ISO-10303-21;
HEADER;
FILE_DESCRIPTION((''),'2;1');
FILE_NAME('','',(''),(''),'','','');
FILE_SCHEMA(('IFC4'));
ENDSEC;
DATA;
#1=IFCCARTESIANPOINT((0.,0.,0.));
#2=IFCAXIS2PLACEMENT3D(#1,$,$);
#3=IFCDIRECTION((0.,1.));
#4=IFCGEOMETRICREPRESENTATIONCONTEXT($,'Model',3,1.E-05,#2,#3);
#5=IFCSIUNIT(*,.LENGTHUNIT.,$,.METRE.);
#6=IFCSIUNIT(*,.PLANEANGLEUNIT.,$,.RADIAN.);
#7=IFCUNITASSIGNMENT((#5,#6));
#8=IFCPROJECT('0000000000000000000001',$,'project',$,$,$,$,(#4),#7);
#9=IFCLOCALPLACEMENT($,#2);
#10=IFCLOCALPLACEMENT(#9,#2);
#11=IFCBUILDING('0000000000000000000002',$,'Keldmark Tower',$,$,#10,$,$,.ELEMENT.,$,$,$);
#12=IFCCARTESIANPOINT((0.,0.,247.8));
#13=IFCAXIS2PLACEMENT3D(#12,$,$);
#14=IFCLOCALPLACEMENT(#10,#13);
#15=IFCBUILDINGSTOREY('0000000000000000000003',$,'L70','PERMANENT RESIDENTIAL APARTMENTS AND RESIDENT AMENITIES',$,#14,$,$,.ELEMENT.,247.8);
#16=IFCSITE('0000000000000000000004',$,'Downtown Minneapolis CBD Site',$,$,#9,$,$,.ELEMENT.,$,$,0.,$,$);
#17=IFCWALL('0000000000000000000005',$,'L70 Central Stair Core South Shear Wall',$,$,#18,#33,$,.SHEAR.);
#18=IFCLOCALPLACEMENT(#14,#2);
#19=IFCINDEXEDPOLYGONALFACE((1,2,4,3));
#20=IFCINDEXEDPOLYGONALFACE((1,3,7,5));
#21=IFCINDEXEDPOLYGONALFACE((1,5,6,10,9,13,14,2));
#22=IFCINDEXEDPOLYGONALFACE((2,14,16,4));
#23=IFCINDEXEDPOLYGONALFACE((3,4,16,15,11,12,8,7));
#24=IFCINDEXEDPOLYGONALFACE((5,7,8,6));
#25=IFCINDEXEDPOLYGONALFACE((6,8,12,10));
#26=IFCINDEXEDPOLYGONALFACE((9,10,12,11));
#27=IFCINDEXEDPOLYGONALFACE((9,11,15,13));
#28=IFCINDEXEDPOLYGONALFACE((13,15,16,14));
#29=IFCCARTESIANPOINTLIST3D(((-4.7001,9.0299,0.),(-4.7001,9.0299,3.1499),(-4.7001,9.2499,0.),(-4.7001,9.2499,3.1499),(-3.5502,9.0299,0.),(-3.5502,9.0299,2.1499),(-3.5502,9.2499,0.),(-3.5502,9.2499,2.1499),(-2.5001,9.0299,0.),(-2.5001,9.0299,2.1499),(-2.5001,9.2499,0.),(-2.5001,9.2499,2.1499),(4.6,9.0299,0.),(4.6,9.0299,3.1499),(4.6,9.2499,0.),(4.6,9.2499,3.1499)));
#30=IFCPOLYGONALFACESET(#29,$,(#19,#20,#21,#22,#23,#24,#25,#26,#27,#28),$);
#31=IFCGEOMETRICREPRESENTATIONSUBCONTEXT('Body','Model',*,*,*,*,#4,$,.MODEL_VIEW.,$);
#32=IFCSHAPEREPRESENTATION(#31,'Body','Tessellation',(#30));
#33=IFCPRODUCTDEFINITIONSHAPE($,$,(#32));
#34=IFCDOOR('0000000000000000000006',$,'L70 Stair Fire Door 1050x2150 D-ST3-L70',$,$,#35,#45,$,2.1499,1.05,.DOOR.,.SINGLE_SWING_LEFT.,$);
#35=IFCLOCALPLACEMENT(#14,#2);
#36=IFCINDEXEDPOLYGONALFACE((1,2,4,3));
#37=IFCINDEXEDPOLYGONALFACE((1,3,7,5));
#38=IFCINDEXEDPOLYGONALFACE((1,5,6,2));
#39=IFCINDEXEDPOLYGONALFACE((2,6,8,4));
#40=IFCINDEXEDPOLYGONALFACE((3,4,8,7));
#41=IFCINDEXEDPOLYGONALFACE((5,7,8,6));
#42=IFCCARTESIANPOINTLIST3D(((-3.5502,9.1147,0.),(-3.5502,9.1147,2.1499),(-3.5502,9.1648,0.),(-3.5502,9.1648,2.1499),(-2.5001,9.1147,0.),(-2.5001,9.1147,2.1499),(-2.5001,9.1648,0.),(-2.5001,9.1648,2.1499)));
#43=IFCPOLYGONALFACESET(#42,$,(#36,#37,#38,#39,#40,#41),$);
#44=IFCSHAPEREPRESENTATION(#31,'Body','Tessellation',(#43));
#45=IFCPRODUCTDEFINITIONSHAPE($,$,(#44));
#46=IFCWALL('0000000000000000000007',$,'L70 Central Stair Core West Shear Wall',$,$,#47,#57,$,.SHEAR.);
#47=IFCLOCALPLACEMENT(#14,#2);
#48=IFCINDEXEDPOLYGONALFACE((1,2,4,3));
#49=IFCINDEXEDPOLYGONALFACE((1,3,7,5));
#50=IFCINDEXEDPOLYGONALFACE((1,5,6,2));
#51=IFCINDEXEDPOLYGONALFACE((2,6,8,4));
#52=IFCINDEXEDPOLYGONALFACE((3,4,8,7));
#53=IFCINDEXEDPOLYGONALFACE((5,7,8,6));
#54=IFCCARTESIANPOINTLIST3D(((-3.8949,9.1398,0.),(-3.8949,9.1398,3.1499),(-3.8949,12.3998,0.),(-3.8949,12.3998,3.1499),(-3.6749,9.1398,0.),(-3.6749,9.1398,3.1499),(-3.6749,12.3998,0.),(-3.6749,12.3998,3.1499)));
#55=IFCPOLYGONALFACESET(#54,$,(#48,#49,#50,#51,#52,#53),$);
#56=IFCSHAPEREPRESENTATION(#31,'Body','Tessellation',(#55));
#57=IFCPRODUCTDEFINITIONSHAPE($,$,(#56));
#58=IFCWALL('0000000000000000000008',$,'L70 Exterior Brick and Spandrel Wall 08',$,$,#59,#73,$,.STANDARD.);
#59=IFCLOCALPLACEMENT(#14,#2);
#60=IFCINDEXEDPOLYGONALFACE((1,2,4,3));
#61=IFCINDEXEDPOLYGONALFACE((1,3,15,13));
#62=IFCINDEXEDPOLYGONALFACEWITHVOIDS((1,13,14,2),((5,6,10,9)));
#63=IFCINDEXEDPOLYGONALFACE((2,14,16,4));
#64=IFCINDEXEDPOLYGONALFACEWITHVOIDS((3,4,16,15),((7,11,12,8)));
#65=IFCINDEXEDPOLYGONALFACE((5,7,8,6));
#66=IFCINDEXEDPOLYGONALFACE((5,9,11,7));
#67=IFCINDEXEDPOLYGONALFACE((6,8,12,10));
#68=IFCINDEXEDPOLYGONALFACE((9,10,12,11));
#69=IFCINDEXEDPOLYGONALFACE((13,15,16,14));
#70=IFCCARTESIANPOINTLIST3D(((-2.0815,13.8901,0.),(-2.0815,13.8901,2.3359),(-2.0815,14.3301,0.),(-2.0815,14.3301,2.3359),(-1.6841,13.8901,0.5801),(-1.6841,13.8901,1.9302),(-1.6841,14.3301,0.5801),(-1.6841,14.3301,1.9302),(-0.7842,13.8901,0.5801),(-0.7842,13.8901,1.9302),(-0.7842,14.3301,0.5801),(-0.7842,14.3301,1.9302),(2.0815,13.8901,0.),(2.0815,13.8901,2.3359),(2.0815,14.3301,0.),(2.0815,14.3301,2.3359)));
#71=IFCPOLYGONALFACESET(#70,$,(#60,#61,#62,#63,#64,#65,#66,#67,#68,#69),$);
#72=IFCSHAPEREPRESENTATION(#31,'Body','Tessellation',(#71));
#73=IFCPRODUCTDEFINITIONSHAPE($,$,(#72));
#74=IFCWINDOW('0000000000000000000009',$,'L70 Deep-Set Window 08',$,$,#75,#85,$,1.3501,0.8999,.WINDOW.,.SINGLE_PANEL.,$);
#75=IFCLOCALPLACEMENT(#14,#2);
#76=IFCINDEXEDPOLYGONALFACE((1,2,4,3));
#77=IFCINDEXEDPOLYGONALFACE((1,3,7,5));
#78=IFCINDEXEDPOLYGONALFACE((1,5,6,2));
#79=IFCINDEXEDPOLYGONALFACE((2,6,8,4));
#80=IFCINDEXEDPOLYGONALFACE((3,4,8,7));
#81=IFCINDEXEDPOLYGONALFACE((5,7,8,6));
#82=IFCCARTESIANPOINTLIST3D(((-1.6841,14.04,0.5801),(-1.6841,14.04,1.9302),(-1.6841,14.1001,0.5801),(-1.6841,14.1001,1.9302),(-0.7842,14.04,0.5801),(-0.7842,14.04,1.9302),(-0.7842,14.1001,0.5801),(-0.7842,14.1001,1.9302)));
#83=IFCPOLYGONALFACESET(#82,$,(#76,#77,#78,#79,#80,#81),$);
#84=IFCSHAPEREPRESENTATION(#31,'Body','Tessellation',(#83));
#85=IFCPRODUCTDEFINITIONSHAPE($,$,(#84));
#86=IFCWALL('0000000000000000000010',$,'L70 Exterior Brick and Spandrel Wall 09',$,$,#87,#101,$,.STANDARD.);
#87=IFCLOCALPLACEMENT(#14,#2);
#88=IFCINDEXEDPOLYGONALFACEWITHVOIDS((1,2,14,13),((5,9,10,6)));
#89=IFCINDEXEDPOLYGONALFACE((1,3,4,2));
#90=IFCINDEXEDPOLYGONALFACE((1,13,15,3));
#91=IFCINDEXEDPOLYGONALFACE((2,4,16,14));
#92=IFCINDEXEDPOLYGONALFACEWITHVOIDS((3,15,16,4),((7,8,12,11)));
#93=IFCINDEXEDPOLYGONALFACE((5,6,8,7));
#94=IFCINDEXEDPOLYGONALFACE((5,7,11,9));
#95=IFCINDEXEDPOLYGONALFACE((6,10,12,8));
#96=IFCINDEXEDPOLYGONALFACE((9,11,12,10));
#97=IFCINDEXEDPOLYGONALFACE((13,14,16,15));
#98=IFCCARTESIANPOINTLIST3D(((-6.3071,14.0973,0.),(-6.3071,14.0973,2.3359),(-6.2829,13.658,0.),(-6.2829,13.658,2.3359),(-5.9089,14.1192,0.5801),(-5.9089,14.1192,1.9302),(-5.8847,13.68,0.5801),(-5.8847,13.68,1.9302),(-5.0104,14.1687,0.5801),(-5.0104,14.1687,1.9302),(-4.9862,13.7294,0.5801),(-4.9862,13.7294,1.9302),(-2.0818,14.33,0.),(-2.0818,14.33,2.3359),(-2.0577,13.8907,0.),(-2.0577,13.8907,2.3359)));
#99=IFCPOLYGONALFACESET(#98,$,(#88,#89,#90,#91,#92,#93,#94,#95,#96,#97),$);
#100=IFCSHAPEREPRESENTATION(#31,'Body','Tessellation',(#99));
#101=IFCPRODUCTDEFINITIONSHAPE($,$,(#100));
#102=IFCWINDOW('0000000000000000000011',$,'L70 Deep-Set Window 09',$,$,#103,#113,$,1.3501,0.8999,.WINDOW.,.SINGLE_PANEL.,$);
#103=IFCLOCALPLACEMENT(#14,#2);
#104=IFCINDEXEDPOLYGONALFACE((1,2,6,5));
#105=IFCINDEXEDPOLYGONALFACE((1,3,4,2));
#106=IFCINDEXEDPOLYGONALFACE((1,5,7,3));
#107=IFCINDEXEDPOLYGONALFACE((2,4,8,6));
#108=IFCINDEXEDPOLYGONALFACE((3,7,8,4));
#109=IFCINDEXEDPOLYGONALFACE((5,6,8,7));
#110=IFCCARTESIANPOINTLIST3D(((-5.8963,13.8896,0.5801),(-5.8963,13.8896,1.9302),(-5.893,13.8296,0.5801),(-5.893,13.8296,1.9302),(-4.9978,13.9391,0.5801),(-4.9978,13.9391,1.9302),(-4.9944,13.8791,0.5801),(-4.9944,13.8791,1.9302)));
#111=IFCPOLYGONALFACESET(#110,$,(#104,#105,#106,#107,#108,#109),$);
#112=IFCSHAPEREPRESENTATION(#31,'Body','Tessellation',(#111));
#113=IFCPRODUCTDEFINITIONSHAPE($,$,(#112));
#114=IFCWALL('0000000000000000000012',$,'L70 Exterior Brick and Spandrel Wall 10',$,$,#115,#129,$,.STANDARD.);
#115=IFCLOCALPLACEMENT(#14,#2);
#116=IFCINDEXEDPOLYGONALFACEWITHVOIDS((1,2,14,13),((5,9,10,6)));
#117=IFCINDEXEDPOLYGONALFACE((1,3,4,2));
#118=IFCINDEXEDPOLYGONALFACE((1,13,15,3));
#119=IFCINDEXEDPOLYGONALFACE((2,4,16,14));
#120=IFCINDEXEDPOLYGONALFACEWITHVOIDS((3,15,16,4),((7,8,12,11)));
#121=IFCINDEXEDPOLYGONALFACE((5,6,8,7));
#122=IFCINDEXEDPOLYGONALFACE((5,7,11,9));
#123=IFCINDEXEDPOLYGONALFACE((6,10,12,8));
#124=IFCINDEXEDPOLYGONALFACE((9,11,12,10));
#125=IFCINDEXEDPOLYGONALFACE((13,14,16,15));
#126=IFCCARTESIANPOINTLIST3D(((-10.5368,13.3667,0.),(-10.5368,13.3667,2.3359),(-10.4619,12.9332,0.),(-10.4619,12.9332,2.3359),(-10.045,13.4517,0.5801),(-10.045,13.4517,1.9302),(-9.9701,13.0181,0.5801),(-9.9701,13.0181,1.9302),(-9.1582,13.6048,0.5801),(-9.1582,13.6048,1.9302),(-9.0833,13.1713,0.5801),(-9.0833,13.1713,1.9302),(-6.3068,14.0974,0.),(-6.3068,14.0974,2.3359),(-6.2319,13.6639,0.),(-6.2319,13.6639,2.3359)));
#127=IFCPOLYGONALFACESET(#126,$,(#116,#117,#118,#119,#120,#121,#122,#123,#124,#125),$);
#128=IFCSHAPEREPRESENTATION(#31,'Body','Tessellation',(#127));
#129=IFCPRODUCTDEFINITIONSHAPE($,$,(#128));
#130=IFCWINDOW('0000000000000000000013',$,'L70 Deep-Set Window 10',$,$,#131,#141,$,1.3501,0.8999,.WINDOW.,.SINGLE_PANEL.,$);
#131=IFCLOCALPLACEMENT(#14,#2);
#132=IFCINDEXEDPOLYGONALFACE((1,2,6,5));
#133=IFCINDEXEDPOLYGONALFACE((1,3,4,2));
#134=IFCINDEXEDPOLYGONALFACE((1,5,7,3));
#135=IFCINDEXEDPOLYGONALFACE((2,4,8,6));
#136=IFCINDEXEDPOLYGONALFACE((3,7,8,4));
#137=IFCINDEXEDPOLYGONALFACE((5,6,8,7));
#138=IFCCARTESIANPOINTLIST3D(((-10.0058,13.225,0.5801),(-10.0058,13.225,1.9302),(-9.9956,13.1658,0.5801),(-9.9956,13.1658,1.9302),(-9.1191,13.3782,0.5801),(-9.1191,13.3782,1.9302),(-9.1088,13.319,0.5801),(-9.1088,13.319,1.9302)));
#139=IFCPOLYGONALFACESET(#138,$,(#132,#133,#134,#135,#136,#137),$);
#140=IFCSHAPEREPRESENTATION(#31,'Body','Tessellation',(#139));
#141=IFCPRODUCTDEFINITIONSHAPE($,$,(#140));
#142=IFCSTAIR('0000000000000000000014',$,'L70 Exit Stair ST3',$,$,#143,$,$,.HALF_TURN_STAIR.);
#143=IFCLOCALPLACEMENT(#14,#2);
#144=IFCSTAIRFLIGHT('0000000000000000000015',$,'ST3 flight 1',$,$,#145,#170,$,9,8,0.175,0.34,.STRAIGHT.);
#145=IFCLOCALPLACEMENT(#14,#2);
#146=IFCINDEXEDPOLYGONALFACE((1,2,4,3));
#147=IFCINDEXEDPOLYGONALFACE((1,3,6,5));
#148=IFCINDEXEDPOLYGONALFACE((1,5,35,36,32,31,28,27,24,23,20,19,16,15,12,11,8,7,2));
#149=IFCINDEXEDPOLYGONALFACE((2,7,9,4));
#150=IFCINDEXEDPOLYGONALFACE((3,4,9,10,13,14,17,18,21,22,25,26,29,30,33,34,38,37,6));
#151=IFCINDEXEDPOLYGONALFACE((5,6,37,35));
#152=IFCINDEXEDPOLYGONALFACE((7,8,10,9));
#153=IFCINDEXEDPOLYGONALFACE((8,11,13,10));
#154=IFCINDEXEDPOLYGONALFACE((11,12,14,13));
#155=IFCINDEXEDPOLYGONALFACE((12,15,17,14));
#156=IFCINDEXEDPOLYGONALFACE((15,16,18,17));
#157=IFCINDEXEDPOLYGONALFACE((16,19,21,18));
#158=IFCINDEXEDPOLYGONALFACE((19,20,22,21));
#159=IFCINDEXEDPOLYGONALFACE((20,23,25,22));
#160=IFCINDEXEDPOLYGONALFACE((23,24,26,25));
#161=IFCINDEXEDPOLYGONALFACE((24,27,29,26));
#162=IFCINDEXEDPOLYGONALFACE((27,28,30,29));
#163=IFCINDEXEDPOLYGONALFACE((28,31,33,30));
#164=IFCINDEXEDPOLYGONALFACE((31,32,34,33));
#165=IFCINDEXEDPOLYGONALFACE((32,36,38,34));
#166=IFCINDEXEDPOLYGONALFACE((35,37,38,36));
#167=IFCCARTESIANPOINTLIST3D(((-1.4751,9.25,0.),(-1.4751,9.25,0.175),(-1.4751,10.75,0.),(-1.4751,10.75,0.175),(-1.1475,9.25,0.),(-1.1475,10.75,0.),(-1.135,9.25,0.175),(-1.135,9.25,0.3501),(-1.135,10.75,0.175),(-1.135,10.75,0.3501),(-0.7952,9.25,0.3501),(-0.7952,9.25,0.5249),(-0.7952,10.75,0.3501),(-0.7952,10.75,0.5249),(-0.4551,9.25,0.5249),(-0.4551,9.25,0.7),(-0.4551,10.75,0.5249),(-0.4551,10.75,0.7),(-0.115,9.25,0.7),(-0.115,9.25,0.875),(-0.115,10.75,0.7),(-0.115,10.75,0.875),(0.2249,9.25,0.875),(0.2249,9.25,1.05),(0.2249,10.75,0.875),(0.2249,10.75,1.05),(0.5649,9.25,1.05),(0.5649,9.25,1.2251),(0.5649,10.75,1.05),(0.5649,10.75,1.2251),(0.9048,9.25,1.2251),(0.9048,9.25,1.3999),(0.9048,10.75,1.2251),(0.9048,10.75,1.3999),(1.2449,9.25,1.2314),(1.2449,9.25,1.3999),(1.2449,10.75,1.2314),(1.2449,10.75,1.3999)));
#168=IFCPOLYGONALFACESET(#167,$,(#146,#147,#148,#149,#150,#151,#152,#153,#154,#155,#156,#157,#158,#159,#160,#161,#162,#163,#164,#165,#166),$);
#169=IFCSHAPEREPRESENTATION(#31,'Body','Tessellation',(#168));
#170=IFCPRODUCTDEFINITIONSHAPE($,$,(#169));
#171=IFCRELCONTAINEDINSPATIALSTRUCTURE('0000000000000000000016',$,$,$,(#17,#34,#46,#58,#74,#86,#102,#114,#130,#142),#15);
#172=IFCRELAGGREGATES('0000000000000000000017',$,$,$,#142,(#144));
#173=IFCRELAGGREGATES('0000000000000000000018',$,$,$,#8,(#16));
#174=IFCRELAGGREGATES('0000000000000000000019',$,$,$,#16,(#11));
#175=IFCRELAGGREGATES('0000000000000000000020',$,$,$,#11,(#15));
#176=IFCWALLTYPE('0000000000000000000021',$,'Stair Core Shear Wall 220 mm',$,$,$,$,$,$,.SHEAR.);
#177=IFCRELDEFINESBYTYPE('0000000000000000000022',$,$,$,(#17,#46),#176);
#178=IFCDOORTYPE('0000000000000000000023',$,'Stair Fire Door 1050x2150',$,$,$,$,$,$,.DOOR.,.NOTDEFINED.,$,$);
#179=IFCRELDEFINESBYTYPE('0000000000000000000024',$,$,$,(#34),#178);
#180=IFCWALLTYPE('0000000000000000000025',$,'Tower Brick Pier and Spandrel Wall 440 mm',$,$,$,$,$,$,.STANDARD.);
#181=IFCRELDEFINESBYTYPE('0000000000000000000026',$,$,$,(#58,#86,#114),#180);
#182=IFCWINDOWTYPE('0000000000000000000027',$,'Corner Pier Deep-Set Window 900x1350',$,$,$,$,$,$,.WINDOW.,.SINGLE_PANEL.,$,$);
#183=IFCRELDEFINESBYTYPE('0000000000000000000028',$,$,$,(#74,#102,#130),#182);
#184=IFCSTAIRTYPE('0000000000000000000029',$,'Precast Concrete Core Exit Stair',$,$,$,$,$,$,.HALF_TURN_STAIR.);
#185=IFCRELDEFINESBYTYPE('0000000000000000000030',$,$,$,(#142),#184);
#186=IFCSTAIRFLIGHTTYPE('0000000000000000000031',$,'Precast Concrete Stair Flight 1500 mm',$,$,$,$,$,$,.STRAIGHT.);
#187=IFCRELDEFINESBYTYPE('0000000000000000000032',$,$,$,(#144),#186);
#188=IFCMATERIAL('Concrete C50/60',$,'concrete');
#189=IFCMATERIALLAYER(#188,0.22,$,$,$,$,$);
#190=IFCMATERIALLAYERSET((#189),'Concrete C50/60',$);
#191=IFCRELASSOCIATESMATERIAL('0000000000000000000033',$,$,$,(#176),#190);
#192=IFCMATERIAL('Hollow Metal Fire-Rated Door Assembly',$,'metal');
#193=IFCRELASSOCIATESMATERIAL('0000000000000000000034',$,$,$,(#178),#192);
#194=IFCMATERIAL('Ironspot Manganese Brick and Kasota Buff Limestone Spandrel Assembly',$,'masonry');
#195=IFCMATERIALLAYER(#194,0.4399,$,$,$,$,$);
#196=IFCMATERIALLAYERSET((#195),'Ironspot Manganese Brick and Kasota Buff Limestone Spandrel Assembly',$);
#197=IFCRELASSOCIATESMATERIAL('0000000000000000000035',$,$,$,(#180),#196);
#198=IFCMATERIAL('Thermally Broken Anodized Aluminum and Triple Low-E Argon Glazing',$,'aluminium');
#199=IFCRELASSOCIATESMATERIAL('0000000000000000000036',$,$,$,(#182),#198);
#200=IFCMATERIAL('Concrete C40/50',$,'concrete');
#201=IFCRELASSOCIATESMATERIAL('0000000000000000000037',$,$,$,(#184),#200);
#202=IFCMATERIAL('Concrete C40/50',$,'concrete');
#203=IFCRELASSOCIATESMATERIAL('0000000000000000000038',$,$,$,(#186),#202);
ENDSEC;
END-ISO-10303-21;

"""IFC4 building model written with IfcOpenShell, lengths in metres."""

from ifc_helpers import new_model, si_unit, direction, frame, frame_2d, origin, place, context, subcontext, project, spatial, polyline, rectangle, outline, extrude, material, layer, layer_set, type_object, element, fill, aggregate, save


model = new_model("IFC4")

# Units and contexts
model_context = context("Model", 3, precision=1e-05, world=origin(), true_north=direction((0.0, 1.0)))
body_context = subcontext(model_context, "Body", "Model", "MODEL_VIEW")
ifc_project = project(units=[si_unit("LENGTHUNIT", "METRE"), si_unit("PLANEANGLEUNIT", "RADIAN")], contexts=[model_context])

# Site, building, storey
site_placement = place(None, origin())
site = spatial("IfcSite", under=ifc_project, at=site_placement, Name="Downtown Minneapolis CBD Site", CompositionType="ELEMENT", RefElevation=0.0)
building_placement = place(site_placement, origin())
building = spatial("IfcBuilding", under=site, at=building_placement, Name="Keldmark Tower", CompositionType="ELEMENT")
storey_placement = place(building_placement, frame((0.0, 0.0, 247.8)))
storey = spatial("IfcBuildingStorey", under=building, at=storey_placement, Name="L70", Description="PERMANENT RESIDENTIAL APARTMENTS AND RESIDENT AMENITIES", CompositionType="ELEMENT", Elevation=247.8)

# Wall, opening, door
ifc_material_1 = material(Name="Concrete C50/60", Category="concrete")
ifc_layer_1 = layer(ifc_material_1, 0.22)
ifc_layer_set_1 = layer_set([ifc_layer_1], Name="Concrete C50/60")
wall_type_1 = type_object("IfcWallType", Name="Stair Core Shear Wall 220 mm", PredefinedType="SHEAR", material=ifc_layer_set_1)
wall_1_placement = place(storey_placement, frame((-4.7, 9.1399, 0.0), z_axis=(0.0, 0.0, 1.0), x_axis=(1.0, 0.0, 0.0)))
wall_1 = element("IfcWall", 1, at=wall_1_placement, inside=storey, type_object=wall_type_1, Name="L70 Central Stair Core South Shear Wall", PredefinedType="SHEAR", context=body_context, shape_type="SweptSolid", body=[
    extrude(rectangle(XDim=9.3, YDim=0.22, at=frame_2d((4.6499, 0.0))), origin(), (0.0, 0.0, 1.0), 3.1499),
])
opening_1_placement = place(wall_1_placement, frame((1.1499, 0.0, 0.0)))
opening_1 = element("IfcOpeningElement", 2, at=opening_1_placement, cuts=wall_1, PredefinedType="OPENING", context=body_context, shape_type="SweptSolid", body=[
    extrude(rectangle(XDim=1.05, YDim=2.1499, at=frame_2d((0.5249, 1.075))), frame((0.0, 0.1199, 0.0), z_axis=(0.0, -1.0, 0.0), x_axis=(1.0, 0.0, 0.0)), (0.0, 0.0, 1.0), 0.24),
])
ifc_material_2 = material(Name="Hollow Metal Fire-Rated Door Assembly", Category="metal")
door_type = type_object("IfcDoorType", Name="Stair Fire Door 1050x2150", OperationType="NOTDEFINED", PredefinedType="DOOR", material=ifc_material_2)
door_placement = place(opening_1_placement, origin())
door = element("IfcDoor", 3, at=door_placement, inside=storey, type_object=door_type, Name="L70 Stair Fire Door 1050x2150 D-ST3-L70", OperationType="SINGLE_SWING_LEFT", OverallHeight=2.1499, OverallWidth=1.05, PredefinedType="DOOR", context=body_context, shape_type="SweptSolid", body=[
    extrude(rectangle(XDim=1.05, YDim=2.1499, at=frame_2d((0.5249, 1.075))), frame((0.0, 0.0249, 0.0), z_axis=(0.0, -1.0, 0.0), x_axis=(1.0, 0.0, 0.0)), (0.0, 0.0, 1.0), 0.05),
])
fill(opening_1, door)

# Wall
wall_2_placement = place(storey_placement, frame((-3.7849, 9.1399, 0.0), z_axis=(0.0, 0.0, 1.0), x_axis=(0.0, 1.0, 0.0)))
element("IfcWall", 4, at=wall_2_placement, inside=storey, type_object=wall_type_1, Name="L70 Central Stair Core West Shear Wall", PredefinedType="SHEAR", context=body_context, shape_type="SweptSolid", body=[
    extrude(rectangle(XDim=3.26, YDim=0.22, at=frame_2d((1.6299, 0.0))), origin(), (0.0, 0.0, 1.0), 3.1499),
])

# Walls, openings, windows
ifc_material_3 = material(Name="Ironspot Manganese Brick and Kasota Buff Limestone Spandrel Assembly", Category="masonry")
ifc_layer_2 = layer(ifc_material_3, 0.4399)
ifc_layer_set_2 = layer_set([ifc_layer_2], Name="Ironspot Manganese Brick and Kasota Buff Limestone Spandrel Assembly")
wall_type_2 = type_object("IfcWallType", Name="Tower Brick Pier and Spandrel Wall 440 mm", PredefinedType="STANDARD", material=ifc_layer_set_2)
wall_3_placement = place(storey_placement, frame((-2.0815, 14.1101, 0.0), z_axis=(0.0, 0.0, 1.0), x_axis=(1.0, 0.0, 0.0)))
wall_3 = element("IfcWall", 5, at=wall_3_placement, inside=storey, type_object=wall_type_2, Name="L70 Exterior Brick and Spandrel Wall 08", PredefinedType="STANDARD", context=body_context, shape_type="SweptSolid", body=[
    extrude(rectangle(XDim=4.1631, YDim=0.4399, at=frame_2d((2.0815, 0.0))), origin(), (0.0, 0.0, 1.0), 2.3359),
])
opening_2_placement = place(wall_3_placement, frame((0.3975, 0.0, 0.5801)))
opening_2 = element("IfcOpeningElement", 6, at=opening_2_placement, cuts=wall_3, PredefinedType="OPENING", context=body_context, shape_type="SweptSolid", body=[
    extrude(rectangle(XDim=0.8999, YDim=1.3501, at=frame_2d((0.45, 0.675))), frame((0.0, 0.23, 0.0), z_axis=(0.0, -1.0, 0.0), x_axis=(1.0, 0.0, 0.0)), (0.0, 0.0, 1.0), 0.46),
])
ifc_material_4 = material(Name="Thermally Broken Anodized Aluminum and Triple Low-E Argon Glazing", Category="aluminium")
window_type = type_object("IfcWindowType", Name="Corner Pier Deep-Set Window 900x1350", PartitioningType="SINGLE_PANEL", PredefinedType="WINDOW", material=ifc_material_4)
window_1_placement = place(opening_2_placement, origin())
window_1 = element("IfcWindow", 7, at=window_1_placement, inside=storey, type_object=window_type, Name="L70 Deep-Set Window 08", OverallHeight=1.3501, OverallWidth=0.8999, PartitioningType="SINGLE_PANEL", PredefinedType="WINDOW", context=body_context, shape_type="SweptSolid", body=[
    extrude(rectangle(XDim=0.8999, YDim=1.3501, at=frame_2d((0.45, 0.675))), frame((0.0, -0.01, 0.0), z_axis=(0.0, -1.0, 0.0), x_axis=(1.0, 0.0, 0.0)), (0.0, 0.0, 1.0), 0.0601),
])
fill(opening_2, window_1)
wall_4_placement = place(storey_placement, frame((-6.2949, 13.8777, 0.0), z_axis=(0.0, 0.0, 1.0), x_axis=(0.998487, 0.054981, 0.0)))
wall_4 = element("IfcWall", 8, at=wall_4_placement, inside=storey, type_object=wall_type_2, Name="L70 Exterior Brick and Spandrel Wall 09", PredefinedType="STANDARD", context=body_context, shape_type="SweptSolid", body=[
    extrude(rectangle(XDim=4.2317, YDim=0.4399, at=frame_2d((2.1157, 0.0))), origin(), (0.0, 0.0, 1.0), 2.3359),
])
opening_3_placement = place(wall_4_placement, frame((0.3987, 0.0, 0.5801)))
opening_3 = element("IfcOpeningElement", 9, at=opening_3_placement, cuts=wall_4, PredefinedType="OPENING", context=body_context, shape_type="SweptSolid", body=[
    extrude(rectangle(XDim=0.8999, YDim=1.3501, at=frame_2d((0.45, 0.675))), frame((0.0, 0.23, 0.0), z_axis=(0.0, -1.0, 0.0), x_axis=(1.0, 0.0, 0.0)), (0.0, 0.0, 1.0), 0.46),
])
window_2_placement = place(opening_3_placement, origin())
window_2 = element("IfcWindow", 10, at=window_2_placement, inside=storey, type_object=window_type, Name="L70 Deep-Set Window 09", OverallHeight=1.3501, OverallWidth=0.8999, PartitioningType="SINGLE_PANEL", PredefinedType="WINDOW", context=body_context, shape_type="SweptSolid", body=[
    extrude(rectangle(XDim=0.8999, YDim=1.3501, at=frame_2d((0.45, 0.675))), frame((0.0, -0.01, 0.0), z_axis=(0.0, -1.0, 0.0), x_axis=(1.0, 0.0, 0.0)), (0.0, 0.0, 1.0), 0.0601),
])
fill(opening_3, window_2)
wall_5_placement = place(storey_placement, frame((-10.4995, 13.1499, 0.0), z_axis=(0.0, 0.0, 1.0), x_axis=(0.985405, 0.170225, 0.0)))
wall_5 = element("IfcWall", 11, at=wall_5_placement, inside=storey, type_object=wall_type_2, Name="L70 Exterior Brick and Spandrel Wall 10", PredefinedType="STANDARD", context=body_context, shape_type="SweptSolid", body=[
    extrude(rectangle(XDim=4.2927, YDim=0.4399, at=frame_2d((2.1465, 0.0))), origin(), (0.0, 0.0, 1.0), 2.3359),
])
opening_4_placement = place(wall_5_placement, frame((0.4993, 0.0, 0.5801)))
opening_4 = element("IfcOpeningElement", 12, at=opening_4_placement, cuts=wall_5, PredefinedType="OPENING", context=body_context, shape_type="SweptSolid", body=[
    extrude(rectangle(XDim=0.8999, YDim=1.3501, at=frame_2d((0.45, 0.675))), frame((0.0, 0.23, 0.0), z_axis=(0.0, -1.0, 0.0), x_axis=(1.0, 0.0, 0.0)), (0.0, 0.0, 1.0), 0.46),
])
window_3_placement = place(opening_4_placement, origin())
window_3 = element("IfcWindow", 13, at=window_3_placement, inside=storey, type_object=window_type, Name="L70 Deep-Set Window 10", OverallHeight=1.3501, OverallWidth=0.8999, PartitioningType="SINGLE_PANEL", PredefinedType="WINDOW", context=body_context, shape_type="SweptSolid", body=[
    extrude(rectangle(XDim=0.8999, YDim=1.3501, at=frame_2d((0.45, 0.675))), frame((0.0, -0.01, 0.0), z_axis=(0.0, -1.0, 0.0), x_axis=(1.0, 0.0, 0.0)), (0.0, 0.0, 1.0), 0.0601),
])
fill(opening_4, window_3)

# Stair, stair flight
ifc_material_5 = material(Name="Concrete C40/50", Category="concrete")
stair_type = type_object("IfcStairType", Name="Precast Concrete Core Exit Stair", PredefinedType="HALF_TURN_STAIR", material=ifc_material_5)
stair_placement = place(storey_placement, origin())
stair = element("IfcStair", 14, at=stair_placement, inside=storey, type_object=stair_type, Name="L70 Exit Stair ST3", PredefinedType="HALF_TURN_STAIR")
ifc_material_6 = material(Name="Concrete C40/50", Category="concrete")
stair_flight_type = type_object("IfcStairFlightType", Name="Precast Concrete Stair Flight 1500 mm", PredefinedType="STRAIGHT", material=ifc_material_6)
stair_flight_placement = place(storey_placement, frame((-1.4751, 10.0, 0.0), z_axis=(0.0, 0.0, 1.0), x_axis=(1.0, 0.0, 0.0)))
stair_flight = element("IfcStairFlight", 15, at=stair_flight_placement, type_object=stair_flight_type, Name="ST3 flight 1", NumberOfRisers=9, NumberOfTreads=8, PredefinedType="STRAIGHT", RiserHeight=0.175, TreadLength=0.34, context=body_context, shape_type="SweptSolid", body=[
    extrude(outline(polyline([(0.0, 0.0), (0.0, 0.175), (0.3401, 0.175), (0.3401, 0.3501), (0.6799, 0.3501), (0.6799, 0.5249), (1.02, 0.5249), (1.02, 0.7), (1.3601, 0.7), (1.3601, 0.875), (1.7, 0.875), (1.7, 1.05), (2.04, 1.05), (2.04, 1.2251), (2.3799, 1.2251), (2.3799, 1.3999), (2.72, 1.3999), (2.72, 1.575), (2.72, 1.2314), (0.3276, 0.0), (0.0, 0.0)])), frame((0.0, 0.75, 0.0), z_axis=(0.0, -1.0, 0.0), x_axis=(1.0, 0.0, 0.0)), (0.0, 0.0, 1.0), 1.5),
])
aggregate(stair, [stair_flight])

save(model, "model.ifc")
